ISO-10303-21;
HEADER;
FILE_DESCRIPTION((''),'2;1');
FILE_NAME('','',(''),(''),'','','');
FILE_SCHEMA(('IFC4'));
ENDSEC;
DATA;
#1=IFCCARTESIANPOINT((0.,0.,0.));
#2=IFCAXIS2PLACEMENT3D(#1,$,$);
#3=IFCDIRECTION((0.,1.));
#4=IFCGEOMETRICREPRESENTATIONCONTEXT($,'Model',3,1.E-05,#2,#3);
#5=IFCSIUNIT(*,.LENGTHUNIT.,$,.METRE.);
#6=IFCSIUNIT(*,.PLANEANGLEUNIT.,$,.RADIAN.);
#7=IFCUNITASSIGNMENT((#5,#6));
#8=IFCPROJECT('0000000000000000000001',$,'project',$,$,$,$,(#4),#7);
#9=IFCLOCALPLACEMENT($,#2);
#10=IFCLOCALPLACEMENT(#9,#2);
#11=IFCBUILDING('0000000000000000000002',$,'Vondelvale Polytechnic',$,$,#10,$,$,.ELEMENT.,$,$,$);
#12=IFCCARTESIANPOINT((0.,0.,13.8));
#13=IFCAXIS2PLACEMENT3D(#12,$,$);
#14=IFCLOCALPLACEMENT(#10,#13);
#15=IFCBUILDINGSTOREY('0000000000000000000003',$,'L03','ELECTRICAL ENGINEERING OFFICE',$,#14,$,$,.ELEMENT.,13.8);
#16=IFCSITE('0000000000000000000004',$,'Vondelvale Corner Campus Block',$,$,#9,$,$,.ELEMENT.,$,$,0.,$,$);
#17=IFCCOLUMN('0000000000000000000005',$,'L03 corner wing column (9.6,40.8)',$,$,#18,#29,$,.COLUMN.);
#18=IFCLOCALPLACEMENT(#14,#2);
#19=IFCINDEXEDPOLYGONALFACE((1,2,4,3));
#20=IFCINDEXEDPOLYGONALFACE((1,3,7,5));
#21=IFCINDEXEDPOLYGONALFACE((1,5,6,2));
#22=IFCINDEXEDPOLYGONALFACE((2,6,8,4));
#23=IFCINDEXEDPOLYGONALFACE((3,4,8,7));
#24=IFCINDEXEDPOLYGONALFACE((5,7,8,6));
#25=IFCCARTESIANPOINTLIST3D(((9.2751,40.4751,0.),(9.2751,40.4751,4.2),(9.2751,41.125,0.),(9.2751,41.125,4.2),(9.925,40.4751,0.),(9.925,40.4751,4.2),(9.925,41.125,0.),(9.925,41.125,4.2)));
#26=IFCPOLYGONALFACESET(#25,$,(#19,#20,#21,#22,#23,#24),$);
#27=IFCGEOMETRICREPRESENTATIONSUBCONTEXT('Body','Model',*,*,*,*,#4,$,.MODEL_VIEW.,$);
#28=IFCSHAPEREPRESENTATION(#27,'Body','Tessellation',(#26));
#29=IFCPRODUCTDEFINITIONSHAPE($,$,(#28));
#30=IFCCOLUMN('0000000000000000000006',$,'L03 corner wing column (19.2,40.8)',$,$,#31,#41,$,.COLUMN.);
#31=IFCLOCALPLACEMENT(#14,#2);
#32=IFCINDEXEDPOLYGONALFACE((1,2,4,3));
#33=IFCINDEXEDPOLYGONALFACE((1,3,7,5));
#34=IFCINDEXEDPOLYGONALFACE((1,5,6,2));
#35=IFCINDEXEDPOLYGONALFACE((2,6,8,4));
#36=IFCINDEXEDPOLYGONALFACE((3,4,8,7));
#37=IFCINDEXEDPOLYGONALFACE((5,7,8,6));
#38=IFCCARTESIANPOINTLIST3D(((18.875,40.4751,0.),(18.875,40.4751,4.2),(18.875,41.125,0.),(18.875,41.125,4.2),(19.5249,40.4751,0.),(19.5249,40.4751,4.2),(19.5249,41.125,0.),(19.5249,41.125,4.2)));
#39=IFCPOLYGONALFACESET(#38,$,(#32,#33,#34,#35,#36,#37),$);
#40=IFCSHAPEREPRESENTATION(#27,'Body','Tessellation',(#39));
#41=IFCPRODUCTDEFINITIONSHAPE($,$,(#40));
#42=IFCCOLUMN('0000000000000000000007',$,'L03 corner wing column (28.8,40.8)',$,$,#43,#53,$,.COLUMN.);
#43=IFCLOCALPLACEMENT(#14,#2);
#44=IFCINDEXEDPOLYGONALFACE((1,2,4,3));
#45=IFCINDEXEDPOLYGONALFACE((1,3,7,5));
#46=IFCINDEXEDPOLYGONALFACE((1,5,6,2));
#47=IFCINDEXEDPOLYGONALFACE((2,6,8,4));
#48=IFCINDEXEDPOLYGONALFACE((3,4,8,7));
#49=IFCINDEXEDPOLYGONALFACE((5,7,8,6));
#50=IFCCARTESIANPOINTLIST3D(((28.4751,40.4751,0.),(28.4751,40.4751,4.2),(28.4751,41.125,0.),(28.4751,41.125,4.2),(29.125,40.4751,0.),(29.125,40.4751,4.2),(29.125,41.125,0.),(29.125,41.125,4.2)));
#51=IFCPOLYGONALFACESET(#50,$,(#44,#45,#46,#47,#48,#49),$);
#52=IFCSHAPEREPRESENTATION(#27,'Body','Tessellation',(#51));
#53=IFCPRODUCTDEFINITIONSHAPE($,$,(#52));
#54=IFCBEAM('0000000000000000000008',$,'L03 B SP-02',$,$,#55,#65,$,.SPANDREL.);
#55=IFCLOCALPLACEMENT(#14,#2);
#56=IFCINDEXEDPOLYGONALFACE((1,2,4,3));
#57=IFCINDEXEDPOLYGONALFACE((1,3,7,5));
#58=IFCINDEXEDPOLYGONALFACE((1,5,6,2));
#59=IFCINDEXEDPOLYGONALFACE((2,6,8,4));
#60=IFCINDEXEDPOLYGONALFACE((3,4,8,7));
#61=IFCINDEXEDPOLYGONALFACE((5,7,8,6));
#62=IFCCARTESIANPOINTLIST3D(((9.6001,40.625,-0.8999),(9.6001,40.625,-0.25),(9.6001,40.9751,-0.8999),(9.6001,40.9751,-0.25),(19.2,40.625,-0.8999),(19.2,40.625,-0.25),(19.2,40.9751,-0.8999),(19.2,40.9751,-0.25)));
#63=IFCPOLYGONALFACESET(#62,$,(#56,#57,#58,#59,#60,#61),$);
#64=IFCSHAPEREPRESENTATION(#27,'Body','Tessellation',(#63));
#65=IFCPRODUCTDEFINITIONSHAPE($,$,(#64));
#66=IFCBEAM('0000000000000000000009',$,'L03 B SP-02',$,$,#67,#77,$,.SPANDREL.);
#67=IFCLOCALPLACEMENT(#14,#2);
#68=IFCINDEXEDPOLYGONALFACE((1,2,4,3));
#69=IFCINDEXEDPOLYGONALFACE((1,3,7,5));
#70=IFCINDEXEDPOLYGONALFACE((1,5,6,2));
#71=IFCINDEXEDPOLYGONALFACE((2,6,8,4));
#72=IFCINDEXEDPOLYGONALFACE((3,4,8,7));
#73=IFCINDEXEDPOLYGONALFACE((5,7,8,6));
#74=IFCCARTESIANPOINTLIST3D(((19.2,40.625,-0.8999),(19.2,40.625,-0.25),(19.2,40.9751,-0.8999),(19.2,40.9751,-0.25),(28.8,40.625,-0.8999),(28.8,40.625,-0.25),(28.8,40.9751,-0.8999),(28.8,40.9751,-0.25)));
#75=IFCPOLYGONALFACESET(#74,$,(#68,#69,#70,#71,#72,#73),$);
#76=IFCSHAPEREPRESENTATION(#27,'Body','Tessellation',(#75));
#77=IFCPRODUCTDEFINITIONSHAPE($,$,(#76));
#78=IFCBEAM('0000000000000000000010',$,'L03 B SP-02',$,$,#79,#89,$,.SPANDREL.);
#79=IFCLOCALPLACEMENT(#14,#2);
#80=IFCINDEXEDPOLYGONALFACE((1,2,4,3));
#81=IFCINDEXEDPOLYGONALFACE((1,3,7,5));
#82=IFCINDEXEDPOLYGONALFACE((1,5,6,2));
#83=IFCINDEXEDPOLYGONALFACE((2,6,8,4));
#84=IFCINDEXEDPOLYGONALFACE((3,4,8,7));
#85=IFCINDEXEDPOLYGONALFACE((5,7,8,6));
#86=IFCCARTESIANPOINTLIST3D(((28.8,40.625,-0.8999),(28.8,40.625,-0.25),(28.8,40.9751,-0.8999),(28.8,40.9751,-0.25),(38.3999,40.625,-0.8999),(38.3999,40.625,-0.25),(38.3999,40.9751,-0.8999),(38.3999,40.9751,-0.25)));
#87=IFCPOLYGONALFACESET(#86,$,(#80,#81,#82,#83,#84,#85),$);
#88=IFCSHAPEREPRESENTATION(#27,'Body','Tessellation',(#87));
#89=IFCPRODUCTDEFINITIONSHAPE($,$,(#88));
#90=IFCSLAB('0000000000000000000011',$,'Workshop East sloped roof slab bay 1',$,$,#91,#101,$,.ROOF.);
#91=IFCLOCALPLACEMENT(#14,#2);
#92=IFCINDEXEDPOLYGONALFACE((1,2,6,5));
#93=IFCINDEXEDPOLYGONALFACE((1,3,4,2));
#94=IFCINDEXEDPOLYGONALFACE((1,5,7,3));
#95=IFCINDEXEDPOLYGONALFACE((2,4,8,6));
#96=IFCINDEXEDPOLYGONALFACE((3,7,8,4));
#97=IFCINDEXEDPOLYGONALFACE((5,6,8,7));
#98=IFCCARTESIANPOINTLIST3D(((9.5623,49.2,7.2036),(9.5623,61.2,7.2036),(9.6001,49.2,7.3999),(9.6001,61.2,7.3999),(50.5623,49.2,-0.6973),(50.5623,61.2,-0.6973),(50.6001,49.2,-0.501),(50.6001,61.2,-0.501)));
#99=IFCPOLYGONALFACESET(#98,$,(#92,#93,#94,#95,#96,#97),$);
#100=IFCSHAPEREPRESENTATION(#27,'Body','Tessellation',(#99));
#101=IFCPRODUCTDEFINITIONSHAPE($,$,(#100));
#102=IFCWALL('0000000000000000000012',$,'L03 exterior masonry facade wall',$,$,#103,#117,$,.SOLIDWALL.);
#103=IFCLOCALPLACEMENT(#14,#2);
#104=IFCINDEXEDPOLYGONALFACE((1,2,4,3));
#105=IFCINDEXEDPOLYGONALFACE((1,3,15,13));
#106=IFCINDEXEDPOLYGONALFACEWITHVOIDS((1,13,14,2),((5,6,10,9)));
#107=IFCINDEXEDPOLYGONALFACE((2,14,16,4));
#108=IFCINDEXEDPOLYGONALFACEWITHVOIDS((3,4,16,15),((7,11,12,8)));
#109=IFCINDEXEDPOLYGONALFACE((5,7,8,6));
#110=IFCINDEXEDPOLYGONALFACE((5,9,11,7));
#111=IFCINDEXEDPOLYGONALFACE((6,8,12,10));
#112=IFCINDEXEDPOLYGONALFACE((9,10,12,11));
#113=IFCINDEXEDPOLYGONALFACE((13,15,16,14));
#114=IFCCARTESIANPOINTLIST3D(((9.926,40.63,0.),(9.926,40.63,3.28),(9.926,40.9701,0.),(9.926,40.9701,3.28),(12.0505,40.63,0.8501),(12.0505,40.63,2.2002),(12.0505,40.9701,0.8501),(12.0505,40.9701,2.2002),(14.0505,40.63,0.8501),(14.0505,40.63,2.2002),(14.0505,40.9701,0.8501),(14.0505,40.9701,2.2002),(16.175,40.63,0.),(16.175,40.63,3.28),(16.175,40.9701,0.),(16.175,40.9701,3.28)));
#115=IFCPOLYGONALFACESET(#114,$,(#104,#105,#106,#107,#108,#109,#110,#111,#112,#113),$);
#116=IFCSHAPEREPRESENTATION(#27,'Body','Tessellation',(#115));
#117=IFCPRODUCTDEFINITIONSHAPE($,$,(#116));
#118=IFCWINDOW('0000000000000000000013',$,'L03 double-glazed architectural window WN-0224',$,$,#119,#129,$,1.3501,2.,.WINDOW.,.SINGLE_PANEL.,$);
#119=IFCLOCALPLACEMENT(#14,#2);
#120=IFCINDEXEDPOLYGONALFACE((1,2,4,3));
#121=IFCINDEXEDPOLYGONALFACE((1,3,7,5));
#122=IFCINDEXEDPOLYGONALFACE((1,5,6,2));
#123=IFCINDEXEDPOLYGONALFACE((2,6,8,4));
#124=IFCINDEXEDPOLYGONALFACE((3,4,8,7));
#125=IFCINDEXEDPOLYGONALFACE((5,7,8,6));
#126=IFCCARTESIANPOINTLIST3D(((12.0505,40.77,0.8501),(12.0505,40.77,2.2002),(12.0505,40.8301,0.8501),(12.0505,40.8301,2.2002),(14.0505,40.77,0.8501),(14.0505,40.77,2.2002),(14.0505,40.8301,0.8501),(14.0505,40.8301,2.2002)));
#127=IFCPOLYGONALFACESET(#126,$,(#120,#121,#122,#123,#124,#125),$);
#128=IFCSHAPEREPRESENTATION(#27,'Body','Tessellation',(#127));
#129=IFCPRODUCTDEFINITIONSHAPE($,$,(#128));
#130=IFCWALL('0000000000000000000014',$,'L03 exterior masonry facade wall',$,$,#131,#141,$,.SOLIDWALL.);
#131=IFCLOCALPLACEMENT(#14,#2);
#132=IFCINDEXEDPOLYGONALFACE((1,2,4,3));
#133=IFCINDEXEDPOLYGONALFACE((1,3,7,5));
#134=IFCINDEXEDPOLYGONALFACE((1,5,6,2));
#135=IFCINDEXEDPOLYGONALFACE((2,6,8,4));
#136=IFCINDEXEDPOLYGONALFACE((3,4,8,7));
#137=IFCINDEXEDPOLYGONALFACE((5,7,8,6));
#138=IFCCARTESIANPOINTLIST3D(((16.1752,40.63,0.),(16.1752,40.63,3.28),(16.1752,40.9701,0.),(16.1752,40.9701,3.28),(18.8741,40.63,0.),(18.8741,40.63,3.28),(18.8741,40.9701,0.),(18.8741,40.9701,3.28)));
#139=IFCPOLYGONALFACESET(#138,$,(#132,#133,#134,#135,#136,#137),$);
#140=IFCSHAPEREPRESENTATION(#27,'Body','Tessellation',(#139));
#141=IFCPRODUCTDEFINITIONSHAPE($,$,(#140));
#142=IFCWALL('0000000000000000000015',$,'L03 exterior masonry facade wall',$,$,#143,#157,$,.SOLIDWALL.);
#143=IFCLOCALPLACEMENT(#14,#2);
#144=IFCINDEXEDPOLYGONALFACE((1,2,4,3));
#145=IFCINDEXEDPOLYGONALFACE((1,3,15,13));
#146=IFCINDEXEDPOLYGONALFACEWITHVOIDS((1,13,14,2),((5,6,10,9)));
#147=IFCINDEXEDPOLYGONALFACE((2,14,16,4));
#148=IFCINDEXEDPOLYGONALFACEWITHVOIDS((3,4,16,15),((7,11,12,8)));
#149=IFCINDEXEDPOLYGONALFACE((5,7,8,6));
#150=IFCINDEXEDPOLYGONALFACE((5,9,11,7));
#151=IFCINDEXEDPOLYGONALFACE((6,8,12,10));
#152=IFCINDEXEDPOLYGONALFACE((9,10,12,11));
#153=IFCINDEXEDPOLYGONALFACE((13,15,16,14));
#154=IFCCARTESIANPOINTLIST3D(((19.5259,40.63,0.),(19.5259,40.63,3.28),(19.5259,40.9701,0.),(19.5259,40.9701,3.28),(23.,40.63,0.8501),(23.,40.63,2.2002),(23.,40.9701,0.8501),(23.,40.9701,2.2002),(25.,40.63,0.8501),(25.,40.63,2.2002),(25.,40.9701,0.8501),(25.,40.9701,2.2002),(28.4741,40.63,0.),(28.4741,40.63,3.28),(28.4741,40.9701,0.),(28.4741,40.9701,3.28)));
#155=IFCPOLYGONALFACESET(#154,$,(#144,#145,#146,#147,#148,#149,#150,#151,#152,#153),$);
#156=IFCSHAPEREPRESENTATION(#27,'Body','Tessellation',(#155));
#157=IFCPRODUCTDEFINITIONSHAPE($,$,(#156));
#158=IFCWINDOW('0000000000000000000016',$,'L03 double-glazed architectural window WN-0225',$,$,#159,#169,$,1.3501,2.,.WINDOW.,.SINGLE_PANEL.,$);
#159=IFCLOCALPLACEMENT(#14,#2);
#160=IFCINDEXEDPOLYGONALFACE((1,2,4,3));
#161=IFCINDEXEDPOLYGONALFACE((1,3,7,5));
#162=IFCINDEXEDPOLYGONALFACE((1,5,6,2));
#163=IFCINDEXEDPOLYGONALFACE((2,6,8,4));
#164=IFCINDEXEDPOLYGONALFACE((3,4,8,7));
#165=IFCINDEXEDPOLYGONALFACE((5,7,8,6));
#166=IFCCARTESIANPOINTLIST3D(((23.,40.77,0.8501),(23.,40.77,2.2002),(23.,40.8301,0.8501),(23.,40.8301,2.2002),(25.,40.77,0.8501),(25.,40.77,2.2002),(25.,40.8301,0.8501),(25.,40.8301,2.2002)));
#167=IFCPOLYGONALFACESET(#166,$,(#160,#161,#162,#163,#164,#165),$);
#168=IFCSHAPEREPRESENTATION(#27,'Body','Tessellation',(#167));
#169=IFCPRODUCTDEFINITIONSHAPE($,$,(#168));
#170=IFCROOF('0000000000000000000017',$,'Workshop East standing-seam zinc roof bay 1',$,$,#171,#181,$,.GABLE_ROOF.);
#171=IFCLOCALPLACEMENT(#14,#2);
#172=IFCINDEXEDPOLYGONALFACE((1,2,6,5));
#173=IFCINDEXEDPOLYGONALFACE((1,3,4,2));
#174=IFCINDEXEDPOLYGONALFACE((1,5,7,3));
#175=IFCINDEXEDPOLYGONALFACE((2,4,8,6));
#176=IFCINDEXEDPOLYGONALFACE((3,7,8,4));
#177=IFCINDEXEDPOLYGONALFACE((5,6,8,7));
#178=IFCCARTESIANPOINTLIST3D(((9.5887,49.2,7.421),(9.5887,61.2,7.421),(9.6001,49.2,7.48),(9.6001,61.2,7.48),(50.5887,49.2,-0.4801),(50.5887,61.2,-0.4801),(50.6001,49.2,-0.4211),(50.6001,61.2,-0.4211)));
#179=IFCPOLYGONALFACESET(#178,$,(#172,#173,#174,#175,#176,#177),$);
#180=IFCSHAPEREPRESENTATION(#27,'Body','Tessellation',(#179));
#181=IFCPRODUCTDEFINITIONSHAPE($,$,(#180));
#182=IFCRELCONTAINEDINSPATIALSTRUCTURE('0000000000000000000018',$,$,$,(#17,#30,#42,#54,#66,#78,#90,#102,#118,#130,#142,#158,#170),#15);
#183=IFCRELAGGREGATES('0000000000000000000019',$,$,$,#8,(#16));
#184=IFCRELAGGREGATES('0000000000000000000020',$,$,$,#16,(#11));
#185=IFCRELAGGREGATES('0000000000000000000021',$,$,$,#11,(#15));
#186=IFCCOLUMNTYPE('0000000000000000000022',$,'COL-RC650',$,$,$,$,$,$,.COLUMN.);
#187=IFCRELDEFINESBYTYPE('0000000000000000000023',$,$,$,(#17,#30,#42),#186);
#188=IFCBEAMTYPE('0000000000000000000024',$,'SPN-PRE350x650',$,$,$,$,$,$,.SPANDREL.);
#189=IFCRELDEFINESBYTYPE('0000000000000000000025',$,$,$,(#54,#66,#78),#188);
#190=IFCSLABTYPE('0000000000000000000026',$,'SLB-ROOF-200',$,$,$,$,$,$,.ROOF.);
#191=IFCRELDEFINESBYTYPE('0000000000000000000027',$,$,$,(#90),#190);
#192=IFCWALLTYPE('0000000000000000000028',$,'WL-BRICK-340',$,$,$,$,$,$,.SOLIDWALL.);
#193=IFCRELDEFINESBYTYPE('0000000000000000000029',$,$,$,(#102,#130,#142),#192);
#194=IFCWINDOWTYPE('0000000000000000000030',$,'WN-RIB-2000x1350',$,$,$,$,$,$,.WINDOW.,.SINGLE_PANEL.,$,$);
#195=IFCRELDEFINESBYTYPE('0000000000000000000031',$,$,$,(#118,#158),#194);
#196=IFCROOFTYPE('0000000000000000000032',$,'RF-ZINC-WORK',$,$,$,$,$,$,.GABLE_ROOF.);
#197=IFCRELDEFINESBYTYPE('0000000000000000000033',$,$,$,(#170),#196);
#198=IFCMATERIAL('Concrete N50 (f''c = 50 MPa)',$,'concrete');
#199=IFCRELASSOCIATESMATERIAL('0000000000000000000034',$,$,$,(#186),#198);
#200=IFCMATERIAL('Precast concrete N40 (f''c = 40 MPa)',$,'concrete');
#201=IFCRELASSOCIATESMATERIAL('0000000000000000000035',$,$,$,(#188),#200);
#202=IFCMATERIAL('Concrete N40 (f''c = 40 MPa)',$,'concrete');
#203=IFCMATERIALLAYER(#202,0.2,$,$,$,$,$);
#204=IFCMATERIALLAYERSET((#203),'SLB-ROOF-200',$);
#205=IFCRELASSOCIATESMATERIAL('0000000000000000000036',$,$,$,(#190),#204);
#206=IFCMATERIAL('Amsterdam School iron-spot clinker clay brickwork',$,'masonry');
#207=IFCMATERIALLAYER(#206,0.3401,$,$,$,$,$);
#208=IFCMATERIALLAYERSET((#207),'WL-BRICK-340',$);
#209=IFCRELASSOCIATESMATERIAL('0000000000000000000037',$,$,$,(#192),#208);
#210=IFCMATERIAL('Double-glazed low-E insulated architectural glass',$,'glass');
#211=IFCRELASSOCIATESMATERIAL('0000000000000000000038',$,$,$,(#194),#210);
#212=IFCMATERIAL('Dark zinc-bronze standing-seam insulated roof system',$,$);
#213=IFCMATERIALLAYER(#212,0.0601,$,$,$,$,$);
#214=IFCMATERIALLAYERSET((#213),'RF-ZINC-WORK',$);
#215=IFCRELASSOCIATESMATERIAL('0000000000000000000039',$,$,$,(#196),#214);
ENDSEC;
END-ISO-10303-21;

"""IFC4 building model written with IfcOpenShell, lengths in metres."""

from ifc_helpers import new_model, si_unit, direction, frame, frame_2d, origin, origin_2d, place, context, subcontext, project, spatial, polyline, rectangle, outline, extrude, material, layer, layer_set, material_profile, profile_set, type_object, element, fill, save


model = new_model("IFC4")

# Units and contexts
model_context = context("Model", 3, precision=1e-05, world=origin(), true_north=direction((0.0, 1.0)))
body_context = subcontext(model_context, "Body", "Model", "MODEL_VIEW")
ifc_project = project(units=[si_unit("LENGTHUNIT", "METRE"), si_unit("PLANEANGLEUNIT", "RADIAN")], contexts=[model_context])

# Site, building, storey
site_placement = place(None, origin())
site = spatial("IfcSite", under=ifc_project, at=site_placement, Name="Vondelvale Corner Campus Block", CompositionType="ELEMENT", RefElevation=0.0)
building_placement = place(site_placement, origin())
building = spatial("IfcBuilding", under=site, at=building_placement, Name="Vondelvale Polytechnic", CompositionType="ELEMENT")
storey_placement = place(building_placement, frame((0.0, 0.0, 13.8)))
storey = spatial("IfcBuildingStorey", under=building, at=storey_placement, Name="L03", Description="ELECTRICAL ENGINEERING OFFICE", CompositionType="ELEMENT", Elevation=13.8)

# Columns
ifc_material_1 = material(Name="Concrete N50 (f'c = 50 MPa)", Category="concrete")
ifc_material_profile_1 = material_profile(ifc_material_1, rectangle(XDim=0.6499, YDim=0.6499, at=origin_2d()), Name="RC-COL-650x650")
ifc_profile_set_1 = profile_set([ifc_material_profile_1], Name="Concrete N50 (f'c = 50 MPa)")
column_type = type_object("IfcColumnType", Name="COL-RC650", PredefinedType="COLUMN", material=ifc_profile_set_1)
for number, where, z_axis, x_axis, name in (
    (1, (9.6001, 40.8, 0.0), (0.0, 0.0, 1.0), (1.0, 0.0, 0.0), "L03 corner wing column (9.6,40.8)"),
    (2, (19.2, 40.8, 0.0), (0.0, 0.0, 1.0), (1.0, 0.0, 0.0), "L03 corner wing column (19.2,40.8)"),
    (3, (28.8, 40.8, 0.0), (0.0, 0.0, 1.0), (1.0, 0.0, 0.0), "L03 corner wing column (28.8,40.8)"),
):
    element("IfcColumn", number, at=place(storey_placement, frame(where, z_axis=z_axis, x_axis=x_axis)), inside=storey, type_object=column_type, Name=name, PredefinedType="COLUMN", context=body_context, shape_type="SweptSolid", body=[
        extrude(rectangle(XDim=0.6499, YDim=0.6499, at=origin_2d()), origin(), (0.0, 0.0, 1.0), 4.2),
    ])

# Beams
ifc_material_2 = material(Name="Precast concrete N40 (f'c = 40 MPa)", Category="concrete")
ifc_material_profile_2 = material_profile(ifc_material_2, rectangle(XDim=0.3501, YDim=0.6499, at=origin_2d()), Name="RC-SPN-350x650")
ifc_profile_set_2 = profile_set([ifc_material_profile_2], Name="Precast concrete N40 (f'c = 40 MPa)")
beam_type = type_object("IfcBeamType", Name="SPN-PRE350x650", PredefinedType="SPANDREL", material=ifc_profile_set_2)
beam_1_placement = place(storey_placement, frame((9.6001, 40.8, -0.575), z_axis=(1.0, 0.0, 0.0), x_axis=(0.0, 1.0, 0.0)))
element("IfcBeam", 4, at=beam_1_placement, inside=storey, type_object=beam_type, Name="L03 B SP-02", PredefinedType="SPANDREL", context=body_context, shape_type="SweptSolid", body=[
    extrude(rectangle(XDim=0.3501, YDim=0.6499, at=origin_2d()), origin(), (0.0, 0.0, 1.0), 9.5999),
])
beam_2_placement = place(storey_placement, frame((19.2, 40.8, -0.575), z_axis=(1.0, 0.0, 0.0), x_axis=(0.0, 1.0, 0.0)))
element("IfcBeam", 5, at=beam_2_placement, inside=storey, type_object=beam_type, Name="L03 B SP-02", PredefinedType="SPANDREL", context=body_context, shape_type="SweptSolid", body=[
    extrude(rectangle(XDim=0.3501, YDim=0.6499, at=origin_2d()), origin(), (0.0, 0.0, 1.0), 9.6001),
])
beam_3_placement = place(storey_placement, frame((28.8, 40.8, -0.575), z_axis=(1.0, 0.0, 0.0), x_axis=(0.0, 1.0, 0.0)))
element("IfcBeam", 6, at=beam_3_placement, inside=storey, type_object=beam_type, Name="L03 B SP-02", PredefinedType="SPANDREL", context=body_context, shape_type="SweptSolid", body=[
    extrude(rectangle(XDim=0.3501, YDim=0.6499, at=origin_2d()), origin(), (0.0, 0.0, 1.0), 9.5999),
])

# Slab
ifc_material_3 = material(Name="Concrete N40 (f'c = 40 MPa)", Category="concrete")
ifc_layer_1 = layer(ifc_material_3, 0.2)
ifc_layer_set_1 = layer_set([ifc_layer_1], Name="SLB-ROOF-200")
slab_type = type_object("IfcSlabType", Name="SLB-ROOF-200", PredefinedType="ROOF", material=ifc_layer_set_1)
slab_placement = place(storey_placement, frame((9.6001, 49.2, 7.3999), z_axis=(0.189223, 0.0, 0.981934), x_axis=(0.981934, 0.0, -0.189223)))
element("IfcSlab", 7, at=slab_placement, inside=storey, type_object=slab_type, Name="Workshop East sloped roof slab bay 1", PredefinedType="ROOF", context=body_context, shape_type="SweptSolid", body=[
    extrude(outline(polyline([(0.0, 0.0), (41.7543, 0.0), (41.7543, 12.0), (0.0, 12.0), (0.0, 0.0)])), origin(), (0.0, 0.0, -1.0), 0.2),
])

# Wall, opening, window
ifc_material_4 = material(Name="Amsterdam School iron-spot clinker clay brickwork", Category="masonry")
ifc_layer_2 = layer(ifc_material_4, 0.3401)
ifc_layer_set_2 = layer_set([ifc_layer_2], Name="WL-BRICK-340")
wall_type = type_object("IfcWallType", Name="WL-BRICK-340", PredefinedType="SOLIDWALL", material=ifc_layer_set_2)
wall_1_placement = place(storey_placement, frame((9.926, 40.8, 0.0), z_axis=(0.0, 0.0, 1.0), x_axis=(1.0, 0.0, 0.0)))
wall_1 = element("IfcWall", 8, at=wall_1_placement, inside=storey, type_object=wall_type, Name="L03 exterior masonry facade wall", PredefinedType="SOLIDWALL", context=body_context, shape_type="SweptSolid", body=[
    extrude(rectangle(XDim=6.249, YDim=0.3401, at=frame_2d((3.1245, 0.0))), origin(), (0.0, 0.0, 1.0), 3.28),
])
opening_1_placement = place(wall_1_placement, frame((2.1245, 0.0, 0.8501)))
opening_1 = element("IfcOpeningElement", 9, at=opening_1_placement, cuts=wall_1, PredefinedType="OPENING", context=body_context, shape_type="SweptSolid", body=[
    extrude(rectangle(XDim=2.0, YDim=1.3501, at=frame_2d((1.0, 0.675))), frame((0.0, 0.1799, 0.0), z_axis=(0.0, -1.0, 0.0), x_axis=(1.0, 0.0, 0.0)), (0.0, 0.0, 1.0), 0.3601),
])
ifc_material_5 = material(Name="Double-glazed low-E insulated architectural glass", Category="glass")
window_type = type_object("IfcWindowType", Name="WN-RIB-2000x1350", PartitioningType="SINGLE_PANEL", PredefinedType="WINDOW", material=ifc_material_5)
window_1_placement = place(opening_1_placement, origin())
window_1 = element("IfcWindow", 10, at=window_1_placement, inside=storey, type_object=window_type, Name="L03 double-glazed architectural window WN-0224", OverallHeight=1.3501, OverallWidth=2.0, PartitioningType="SINGLE_PANEL", PredefinedType="WINDOW", context=body_context, shape_type="SweptSolid", body=[
    extrude(rectangle(XDim=2.0, YDim=1.3501, at=frame_2d((1.0, 0.675))), frame((0.0, 0.03, 0.0), z_axis=(0.0, -1.0, 0.0), x_axis=(1.0, 0.0, 0.0)), (0.0, 0.0, 1.0), 0.0601),
])
fill(opening_1, window_1)

# Wall
wall_2_placement = place(storey_placement, frame((16.175, 40.8, 0.0), z_axis=(0.0, 0.0, 1.0), x_axis=(1.0, 0.0, 0.0)))
element("IfcWall", 11, at=wall_2_placement, inside=storey, type_object=wall_type, Name="L03 exterior masonry facade wall", PredefinedType="SOLIDWALL", context=body_context, shape_type="SweptSolid", body=[
    extrude(rectangle(XDim=2.699, YDim=0.3401, at=frame_2d((1.3496, 0.0))), origin(), (0.0, 0.0, 1.0), 3.28),
])

# Wall, opening, window
wall_3_placement = place(storey_placement, frame((19.5259, 40.8, 0.0), z_axis=(0.0, 0.0, 1.0), x_axis=(1.0, 0.0, 0.0)))
wall_3 = element("IfcWall", 12, at=wall_3_placement, inside=storey, type_object=wall_type, Name="L03 exterior masonry facade wall", PredefinedType="SOLIDWALL", context=body_context, shape_type="SweptSolid", body=[
    extrude(rectangle(XDim=8.9482, YDim=0.3401, at=frame_2d((4.4741, 0.0))), origin(), (0.0, 0.0, 1.0), 3.28),
])
opening_2_placement = place(wall_3_placement, frame((3.4741, 0.0, 0.8501)))
opening_2 = element("IfcOpeningElement", 13, at=opening_2_placement, cuts=wall_3, PredefinedType="OPENING", context=body_context, shape_type="SweptSolid", body=[
    extrude(rectangle(XDim=2.0, YDim=1.3501, at=frame_2d((1.0, 0.675))), frame((0.0, 0.1799, 0.0), z_axis=(0.0, -1.0, 0.0), x_axis=(1.0, 0.0, 0.0)), (0.0, 0.0, 1.0), 0.3601),
])
window_2_placement = place(opening_2_placement, origin())
window_2 = element("IfcWindow", 14, at=window_2_placement, inside=storey, type_object=window_type, Name="L03 double-glazed architectural window WN-0225", OverallHeight=1.3501, OverallWidth=2.0, PartitioningType="SINGLE_PANEL", PredefinedType="WINDOW", context=body_context, shape_type="SweptSolid", body=[
    extrude(rectangle(XDim=2.0, YDim=1.3501, at=frame_2d((1.0, 0.675))), frame((0.0, 0.03, 0.0), z_axis=(0.0, -1.0, 0.0), x_axis=(1.0, 0.0, 0.0)), (0.0, 0.0, 1.0), 0.0601),
])
fill(opening_2, window_2)

# Roof
ifc_material_6 = material(Name="Dark zinc-bronze standing-seam insulated roof system")
ifc_layer_3 = layer(ifc_material_6, 0.0601)
ifc_layer_set_3 = layer_set([ifc_layer_3], Name="RF-ZINC-WORK")
roof_type = type_object("IfcRoofType", Name="RF-ZINC-WORK", PredefinedType="GABLE_ROOF", material=ifc_layer_set_3)
roof_placement = place(storey_placement, frame((9.6001, 49.2, 7.48), z_axis=(0.189229, 0.0, 0.981933), x_axis=(0.981933, 0.0, -0.189229)))
element("IfcRoof", 15, at=roof_placement, inside=storey, type_object=roof_type, Name="Workshop East standing-seam zinc roof bay 1", PredefinedType="GABLE_ROOF", context=body_context, shape_type="SweptSolid", body=[
    extrude(outline(polyline([(0.0, 0.0), (41.7544, 0.0), (41.7544, 12.0), (0.0, 12.0), (0.0, 0.0)])), origin(), (0.0, 0.0, -1.0), 0.0601),
])

save(model, "model.ifc")
